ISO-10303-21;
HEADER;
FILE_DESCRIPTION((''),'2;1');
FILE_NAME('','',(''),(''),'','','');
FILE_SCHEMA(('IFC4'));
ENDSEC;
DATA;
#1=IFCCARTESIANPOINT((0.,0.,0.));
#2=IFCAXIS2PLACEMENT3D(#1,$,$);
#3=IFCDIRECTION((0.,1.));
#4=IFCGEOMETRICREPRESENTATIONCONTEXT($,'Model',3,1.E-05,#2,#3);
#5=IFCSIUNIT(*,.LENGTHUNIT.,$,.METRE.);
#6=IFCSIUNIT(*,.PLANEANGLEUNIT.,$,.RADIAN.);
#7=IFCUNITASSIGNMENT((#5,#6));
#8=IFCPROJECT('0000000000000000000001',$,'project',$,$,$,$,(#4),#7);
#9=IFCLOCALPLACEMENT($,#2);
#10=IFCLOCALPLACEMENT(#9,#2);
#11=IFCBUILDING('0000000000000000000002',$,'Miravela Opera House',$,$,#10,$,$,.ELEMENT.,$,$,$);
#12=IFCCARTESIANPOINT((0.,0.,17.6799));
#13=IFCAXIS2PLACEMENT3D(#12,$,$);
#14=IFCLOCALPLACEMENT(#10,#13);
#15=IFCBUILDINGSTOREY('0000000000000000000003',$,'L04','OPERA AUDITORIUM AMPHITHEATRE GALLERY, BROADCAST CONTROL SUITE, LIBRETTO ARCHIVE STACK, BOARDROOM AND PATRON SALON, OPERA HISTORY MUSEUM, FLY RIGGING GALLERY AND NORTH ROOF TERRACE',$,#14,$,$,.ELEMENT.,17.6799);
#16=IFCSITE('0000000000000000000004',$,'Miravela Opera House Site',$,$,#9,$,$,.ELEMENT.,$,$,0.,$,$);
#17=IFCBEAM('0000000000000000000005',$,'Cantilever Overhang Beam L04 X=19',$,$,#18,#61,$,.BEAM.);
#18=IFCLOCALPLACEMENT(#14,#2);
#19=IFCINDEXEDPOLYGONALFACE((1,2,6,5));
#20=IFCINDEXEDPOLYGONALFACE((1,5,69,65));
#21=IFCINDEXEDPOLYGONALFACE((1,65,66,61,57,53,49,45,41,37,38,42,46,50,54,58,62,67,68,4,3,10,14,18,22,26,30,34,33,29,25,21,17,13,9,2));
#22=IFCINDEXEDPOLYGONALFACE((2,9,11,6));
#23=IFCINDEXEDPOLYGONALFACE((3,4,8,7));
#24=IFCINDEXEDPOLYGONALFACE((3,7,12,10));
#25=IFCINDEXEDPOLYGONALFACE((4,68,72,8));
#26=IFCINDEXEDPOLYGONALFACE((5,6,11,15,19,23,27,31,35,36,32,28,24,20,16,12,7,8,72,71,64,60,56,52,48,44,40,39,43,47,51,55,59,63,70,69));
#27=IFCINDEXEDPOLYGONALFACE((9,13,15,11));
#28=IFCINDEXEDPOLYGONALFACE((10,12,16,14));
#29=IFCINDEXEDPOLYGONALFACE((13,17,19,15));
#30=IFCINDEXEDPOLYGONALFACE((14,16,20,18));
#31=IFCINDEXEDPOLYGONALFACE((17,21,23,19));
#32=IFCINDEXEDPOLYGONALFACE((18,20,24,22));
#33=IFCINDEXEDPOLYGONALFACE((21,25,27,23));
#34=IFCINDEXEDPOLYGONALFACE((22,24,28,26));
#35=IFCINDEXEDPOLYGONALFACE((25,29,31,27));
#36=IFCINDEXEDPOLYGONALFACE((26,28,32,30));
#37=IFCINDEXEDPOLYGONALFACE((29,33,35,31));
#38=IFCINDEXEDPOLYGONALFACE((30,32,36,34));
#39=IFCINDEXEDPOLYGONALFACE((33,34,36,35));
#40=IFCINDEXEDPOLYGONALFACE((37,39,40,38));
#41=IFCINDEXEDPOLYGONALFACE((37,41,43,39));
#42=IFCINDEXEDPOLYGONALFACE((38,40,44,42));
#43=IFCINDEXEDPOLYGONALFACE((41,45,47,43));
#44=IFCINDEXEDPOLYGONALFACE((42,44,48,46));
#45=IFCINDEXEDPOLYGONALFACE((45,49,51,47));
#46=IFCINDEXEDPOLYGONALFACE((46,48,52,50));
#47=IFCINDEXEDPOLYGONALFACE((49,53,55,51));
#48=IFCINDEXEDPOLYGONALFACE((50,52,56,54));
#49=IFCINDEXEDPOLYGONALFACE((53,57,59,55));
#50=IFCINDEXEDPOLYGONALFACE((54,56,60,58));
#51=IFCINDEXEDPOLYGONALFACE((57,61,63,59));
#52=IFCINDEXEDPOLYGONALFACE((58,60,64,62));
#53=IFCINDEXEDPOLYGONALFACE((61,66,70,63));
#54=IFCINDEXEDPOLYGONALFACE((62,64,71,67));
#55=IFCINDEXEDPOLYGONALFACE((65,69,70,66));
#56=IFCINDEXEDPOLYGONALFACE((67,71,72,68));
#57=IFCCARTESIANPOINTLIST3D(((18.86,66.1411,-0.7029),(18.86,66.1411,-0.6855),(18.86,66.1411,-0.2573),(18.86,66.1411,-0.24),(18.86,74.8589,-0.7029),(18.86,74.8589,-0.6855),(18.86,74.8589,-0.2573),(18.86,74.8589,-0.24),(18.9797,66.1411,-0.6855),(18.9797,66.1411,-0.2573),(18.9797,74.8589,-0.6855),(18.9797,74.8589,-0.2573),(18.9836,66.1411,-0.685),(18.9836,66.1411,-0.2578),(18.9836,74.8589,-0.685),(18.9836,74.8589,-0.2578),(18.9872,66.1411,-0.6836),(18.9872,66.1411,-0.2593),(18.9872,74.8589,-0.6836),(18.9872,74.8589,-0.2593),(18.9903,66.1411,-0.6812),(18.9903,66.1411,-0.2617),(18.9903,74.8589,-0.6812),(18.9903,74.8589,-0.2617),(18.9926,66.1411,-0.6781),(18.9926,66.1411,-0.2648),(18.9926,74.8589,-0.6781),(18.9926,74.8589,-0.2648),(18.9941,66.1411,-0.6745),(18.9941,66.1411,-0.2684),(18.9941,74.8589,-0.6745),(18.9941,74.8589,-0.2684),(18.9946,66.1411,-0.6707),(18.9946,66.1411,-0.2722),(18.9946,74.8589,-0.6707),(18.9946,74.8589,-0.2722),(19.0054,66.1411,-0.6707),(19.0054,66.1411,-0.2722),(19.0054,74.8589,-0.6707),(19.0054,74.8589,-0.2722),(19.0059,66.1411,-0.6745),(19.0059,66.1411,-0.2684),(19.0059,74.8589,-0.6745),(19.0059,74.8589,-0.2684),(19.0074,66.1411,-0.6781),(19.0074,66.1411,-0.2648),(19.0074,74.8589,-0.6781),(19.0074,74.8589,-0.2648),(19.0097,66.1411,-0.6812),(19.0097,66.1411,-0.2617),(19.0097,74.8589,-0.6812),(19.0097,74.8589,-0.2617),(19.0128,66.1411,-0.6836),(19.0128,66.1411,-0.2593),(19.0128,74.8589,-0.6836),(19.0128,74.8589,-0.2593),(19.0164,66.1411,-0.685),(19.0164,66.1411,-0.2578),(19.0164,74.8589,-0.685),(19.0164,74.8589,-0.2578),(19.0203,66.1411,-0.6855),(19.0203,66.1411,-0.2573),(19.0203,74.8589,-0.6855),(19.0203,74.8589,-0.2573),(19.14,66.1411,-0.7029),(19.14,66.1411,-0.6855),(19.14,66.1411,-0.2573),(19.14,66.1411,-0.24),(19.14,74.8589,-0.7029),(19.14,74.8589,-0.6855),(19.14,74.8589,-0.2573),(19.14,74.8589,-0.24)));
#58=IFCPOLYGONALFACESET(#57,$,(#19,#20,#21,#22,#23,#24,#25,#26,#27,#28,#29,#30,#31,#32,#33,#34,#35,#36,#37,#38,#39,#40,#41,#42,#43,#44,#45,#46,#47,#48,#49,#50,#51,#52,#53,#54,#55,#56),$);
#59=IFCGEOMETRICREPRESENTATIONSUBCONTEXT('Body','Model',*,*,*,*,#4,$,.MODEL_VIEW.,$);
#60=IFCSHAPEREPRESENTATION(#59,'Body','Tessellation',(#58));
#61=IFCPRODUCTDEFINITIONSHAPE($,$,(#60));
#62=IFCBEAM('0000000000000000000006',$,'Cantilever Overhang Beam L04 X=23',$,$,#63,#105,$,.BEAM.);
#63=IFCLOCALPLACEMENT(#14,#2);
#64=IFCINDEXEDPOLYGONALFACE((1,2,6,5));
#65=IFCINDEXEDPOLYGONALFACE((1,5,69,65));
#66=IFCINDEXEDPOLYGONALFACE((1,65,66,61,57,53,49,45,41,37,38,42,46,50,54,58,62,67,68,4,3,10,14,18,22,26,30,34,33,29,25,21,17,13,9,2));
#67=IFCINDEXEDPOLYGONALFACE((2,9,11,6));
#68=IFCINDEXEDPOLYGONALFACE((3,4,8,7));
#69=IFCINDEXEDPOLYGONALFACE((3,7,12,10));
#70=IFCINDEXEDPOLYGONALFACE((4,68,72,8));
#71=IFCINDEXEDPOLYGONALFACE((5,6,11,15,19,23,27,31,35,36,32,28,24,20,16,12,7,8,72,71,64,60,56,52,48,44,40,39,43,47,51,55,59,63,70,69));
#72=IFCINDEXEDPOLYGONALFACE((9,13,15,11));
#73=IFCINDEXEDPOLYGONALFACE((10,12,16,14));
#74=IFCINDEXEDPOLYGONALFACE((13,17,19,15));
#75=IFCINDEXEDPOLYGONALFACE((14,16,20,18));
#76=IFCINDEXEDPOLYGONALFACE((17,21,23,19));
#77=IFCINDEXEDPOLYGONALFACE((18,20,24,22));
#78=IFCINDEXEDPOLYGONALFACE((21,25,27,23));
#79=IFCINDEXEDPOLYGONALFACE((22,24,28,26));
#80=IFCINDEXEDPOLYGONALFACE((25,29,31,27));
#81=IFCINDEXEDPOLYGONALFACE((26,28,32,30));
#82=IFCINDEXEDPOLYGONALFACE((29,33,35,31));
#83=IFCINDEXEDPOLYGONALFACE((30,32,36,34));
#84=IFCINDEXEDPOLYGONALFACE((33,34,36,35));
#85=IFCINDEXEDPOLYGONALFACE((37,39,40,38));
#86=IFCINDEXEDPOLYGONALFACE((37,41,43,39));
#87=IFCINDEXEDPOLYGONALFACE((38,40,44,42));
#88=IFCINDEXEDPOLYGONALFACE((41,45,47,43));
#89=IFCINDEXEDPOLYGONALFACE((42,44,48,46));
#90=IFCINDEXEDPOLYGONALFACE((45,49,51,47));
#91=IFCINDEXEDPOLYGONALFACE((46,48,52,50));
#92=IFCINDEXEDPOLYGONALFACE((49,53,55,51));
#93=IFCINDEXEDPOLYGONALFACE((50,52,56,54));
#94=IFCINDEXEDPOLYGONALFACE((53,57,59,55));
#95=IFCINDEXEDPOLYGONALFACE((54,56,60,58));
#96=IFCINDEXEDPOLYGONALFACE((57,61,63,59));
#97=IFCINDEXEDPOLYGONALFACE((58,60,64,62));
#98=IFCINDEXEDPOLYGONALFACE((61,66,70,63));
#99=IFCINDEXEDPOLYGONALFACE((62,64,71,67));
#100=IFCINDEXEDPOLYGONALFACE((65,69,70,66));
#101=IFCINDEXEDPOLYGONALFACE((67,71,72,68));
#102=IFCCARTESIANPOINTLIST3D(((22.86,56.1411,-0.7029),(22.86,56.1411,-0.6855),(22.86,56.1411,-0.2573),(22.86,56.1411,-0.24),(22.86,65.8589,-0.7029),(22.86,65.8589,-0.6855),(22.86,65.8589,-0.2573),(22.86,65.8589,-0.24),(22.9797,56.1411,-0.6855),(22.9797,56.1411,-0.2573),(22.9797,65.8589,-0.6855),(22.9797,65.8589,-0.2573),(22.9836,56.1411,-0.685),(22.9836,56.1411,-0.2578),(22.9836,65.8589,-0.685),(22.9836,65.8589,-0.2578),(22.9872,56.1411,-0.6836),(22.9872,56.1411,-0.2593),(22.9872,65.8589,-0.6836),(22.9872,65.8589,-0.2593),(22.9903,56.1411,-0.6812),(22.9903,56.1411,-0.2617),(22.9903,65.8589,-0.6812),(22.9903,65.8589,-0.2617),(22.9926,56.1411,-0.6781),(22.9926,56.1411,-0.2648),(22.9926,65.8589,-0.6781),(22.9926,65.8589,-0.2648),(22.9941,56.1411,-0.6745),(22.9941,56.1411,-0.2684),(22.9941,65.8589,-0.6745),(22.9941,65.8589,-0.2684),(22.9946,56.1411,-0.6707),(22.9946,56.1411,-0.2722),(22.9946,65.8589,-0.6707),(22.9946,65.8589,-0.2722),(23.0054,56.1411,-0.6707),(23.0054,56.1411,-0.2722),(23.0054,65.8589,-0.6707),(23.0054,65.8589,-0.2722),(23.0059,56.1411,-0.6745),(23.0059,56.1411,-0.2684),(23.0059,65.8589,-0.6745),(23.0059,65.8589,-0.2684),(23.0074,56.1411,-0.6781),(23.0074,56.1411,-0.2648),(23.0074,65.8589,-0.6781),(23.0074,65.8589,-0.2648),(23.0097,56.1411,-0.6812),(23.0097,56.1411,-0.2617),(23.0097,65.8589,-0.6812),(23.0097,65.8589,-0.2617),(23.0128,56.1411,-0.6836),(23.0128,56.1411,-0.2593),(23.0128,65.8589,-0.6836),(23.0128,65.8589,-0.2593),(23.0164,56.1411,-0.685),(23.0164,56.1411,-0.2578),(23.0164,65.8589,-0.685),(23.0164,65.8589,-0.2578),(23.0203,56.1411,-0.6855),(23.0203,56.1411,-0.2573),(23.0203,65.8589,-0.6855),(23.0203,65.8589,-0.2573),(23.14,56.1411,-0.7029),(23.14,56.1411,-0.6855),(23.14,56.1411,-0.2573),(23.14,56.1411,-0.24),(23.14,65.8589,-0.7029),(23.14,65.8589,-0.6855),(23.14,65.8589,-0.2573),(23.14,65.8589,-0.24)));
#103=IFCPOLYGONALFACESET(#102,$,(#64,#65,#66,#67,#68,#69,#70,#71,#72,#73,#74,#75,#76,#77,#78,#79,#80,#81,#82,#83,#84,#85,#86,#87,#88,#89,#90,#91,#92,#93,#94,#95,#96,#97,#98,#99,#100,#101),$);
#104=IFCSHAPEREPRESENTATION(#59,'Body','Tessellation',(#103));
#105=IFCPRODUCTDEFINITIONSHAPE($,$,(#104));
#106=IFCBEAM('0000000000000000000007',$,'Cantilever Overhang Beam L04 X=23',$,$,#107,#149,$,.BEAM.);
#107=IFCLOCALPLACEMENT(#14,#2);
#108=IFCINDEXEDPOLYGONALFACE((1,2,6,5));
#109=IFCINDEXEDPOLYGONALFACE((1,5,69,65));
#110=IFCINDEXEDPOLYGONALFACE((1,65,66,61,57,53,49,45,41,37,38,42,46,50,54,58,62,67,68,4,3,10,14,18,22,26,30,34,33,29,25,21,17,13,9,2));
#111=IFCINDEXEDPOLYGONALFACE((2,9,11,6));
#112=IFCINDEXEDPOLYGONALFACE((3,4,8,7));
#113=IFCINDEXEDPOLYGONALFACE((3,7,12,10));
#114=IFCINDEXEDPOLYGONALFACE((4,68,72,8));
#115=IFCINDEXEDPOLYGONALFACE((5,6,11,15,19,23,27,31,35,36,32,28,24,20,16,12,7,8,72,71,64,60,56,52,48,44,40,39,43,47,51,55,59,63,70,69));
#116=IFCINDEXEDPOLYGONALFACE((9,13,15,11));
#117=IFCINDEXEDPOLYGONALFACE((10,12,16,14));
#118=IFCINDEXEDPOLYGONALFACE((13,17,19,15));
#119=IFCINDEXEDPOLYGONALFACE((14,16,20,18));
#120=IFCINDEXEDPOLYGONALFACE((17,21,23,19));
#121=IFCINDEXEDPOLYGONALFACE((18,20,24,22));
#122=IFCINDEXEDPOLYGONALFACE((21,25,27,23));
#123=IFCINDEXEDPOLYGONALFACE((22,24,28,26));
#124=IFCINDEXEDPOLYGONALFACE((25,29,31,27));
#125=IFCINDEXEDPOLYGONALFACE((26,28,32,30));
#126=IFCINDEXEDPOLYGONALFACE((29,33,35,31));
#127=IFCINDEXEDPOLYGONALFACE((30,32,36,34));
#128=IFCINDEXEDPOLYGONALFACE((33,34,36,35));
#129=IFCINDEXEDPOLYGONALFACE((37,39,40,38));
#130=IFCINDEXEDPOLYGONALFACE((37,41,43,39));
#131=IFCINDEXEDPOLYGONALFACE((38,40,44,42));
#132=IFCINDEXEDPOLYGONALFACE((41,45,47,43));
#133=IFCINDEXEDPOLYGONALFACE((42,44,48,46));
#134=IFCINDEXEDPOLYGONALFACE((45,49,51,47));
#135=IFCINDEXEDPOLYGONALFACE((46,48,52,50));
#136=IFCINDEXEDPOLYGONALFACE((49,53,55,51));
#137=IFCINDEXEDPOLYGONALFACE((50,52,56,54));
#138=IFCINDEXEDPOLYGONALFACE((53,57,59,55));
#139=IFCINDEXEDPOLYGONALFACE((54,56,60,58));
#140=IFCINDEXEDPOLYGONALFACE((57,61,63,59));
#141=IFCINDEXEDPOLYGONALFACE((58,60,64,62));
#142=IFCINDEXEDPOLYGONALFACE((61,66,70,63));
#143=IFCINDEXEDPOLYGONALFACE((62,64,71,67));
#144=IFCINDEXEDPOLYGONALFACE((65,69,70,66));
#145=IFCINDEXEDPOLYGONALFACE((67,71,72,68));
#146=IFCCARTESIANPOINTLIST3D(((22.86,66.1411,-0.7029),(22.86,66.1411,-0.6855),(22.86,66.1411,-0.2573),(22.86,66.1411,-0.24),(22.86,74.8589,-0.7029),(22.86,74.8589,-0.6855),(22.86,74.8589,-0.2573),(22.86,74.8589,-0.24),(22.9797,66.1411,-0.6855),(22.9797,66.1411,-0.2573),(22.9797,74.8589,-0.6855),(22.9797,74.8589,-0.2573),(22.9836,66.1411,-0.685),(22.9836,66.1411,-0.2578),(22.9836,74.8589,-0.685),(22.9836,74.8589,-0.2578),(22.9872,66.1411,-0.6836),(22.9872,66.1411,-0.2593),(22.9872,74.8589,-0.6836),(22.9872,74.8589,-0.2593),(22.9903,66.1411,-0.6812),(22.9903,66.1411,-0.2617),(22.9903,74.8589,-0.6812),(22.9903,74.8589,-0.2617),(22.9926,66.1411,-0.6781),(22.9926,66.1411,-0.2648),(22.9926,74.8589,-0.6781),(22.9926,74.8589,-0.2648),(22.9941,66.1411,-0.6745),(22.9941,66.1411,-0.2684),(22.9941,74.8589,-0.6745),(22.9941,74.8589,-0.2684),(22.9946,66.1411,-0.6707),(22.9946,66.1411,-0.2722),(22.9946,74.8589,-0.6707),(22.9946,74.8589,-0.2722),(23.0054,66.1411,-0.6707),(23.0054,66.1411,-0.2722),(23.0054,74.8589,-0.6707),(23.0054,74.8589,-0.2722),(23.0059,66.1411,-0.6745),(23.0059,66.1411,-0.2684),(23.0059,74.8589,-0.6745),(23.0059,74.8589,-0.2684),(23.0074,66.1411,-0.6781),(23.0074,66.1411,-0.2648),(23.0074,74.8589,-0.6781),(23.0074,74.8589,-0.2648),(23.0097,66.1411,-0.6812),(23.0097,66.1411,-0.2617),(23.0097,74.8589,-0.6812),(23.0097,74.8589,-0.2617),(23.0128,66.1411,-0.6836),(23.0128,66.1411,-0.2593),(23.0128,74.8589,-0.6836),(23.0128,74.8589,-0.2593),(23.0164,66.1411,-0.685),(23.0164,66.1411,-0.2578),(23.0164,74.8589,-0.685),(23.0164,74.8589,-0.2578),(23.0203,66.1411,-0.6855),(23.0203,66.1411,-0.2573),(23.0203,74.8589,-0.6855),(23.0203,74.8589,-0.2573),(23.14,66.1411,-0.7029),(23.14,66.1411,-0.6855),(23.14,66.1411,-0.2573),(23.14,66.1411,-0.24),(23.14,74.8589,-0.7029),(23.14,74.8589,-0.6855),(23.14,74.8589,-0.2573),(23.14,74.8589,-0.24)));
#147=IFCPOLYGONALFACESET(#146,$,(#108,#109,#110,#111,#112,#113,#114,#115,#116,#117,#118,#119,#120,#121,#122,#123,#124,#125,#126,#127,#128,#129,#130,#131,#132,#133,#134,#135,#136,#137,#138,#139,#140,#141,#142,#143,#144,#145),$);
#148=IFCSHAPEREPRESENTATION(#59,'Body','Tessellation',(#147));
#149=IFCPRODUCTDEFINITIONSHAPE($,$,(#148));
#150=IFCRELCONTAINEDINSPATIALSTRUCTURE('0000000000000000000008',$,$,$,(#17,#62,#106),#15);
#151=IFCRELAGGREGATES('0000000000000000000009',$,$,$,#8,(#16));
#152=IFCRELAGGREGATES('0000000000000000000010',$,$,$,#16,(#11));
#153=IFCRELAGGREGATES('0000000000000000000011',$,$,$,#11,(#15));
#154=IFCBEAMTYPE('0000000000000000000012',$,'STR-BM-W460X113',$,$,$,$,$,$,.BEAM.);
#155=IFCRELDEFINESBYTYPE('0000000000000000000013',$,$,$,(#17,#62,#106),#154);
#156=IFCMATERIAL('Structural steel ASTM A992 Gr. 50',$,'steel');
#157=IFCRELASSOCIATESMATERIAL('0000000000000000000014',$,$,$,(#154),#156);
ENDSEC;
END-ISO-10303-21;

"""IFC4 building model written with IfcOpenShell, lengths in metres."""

from ifc_helpers import new_model, si_unit, direction, frame, origin, origin_2d, place, context, subcontext, project, spatial, i_section, extrude, material, material_profile, profile_set, type_object, element, save


model = new_model("IFC4")

# Units and contexts
model_context = context("Model", 3, precision=1e-05, world=origin(), true_north=direction((0.0, 1.0)))
body_context = subcontext(model_context, "Body", "Model", "MODEL_VIEW")
ifc_project = project(units=[si_unit("LENGTHUNIT", "METRE"), si_unit("PLANEANGLEUNIT", "RADIAN")], contexts=[model_context])

# Site, building, storey
site_placement = place(None, origin())
site = spatial("IfcSite", under=ifc_project, at=site_placement, Name="Miravela Opera House Site", CompositionType="ELEMENT", RefElevation=0.0)
building_placement = place(site_placement, origin())
building = spatial("IfcBuilding", under=site, at=building_placement, Name="Miravela Opera House", CompositionType="ELEMENT")
storey_placement = place(building_placement, frame((0.0, 0.0, 17.6799)))
storey = spatial("IfcBuildingStorey", under=building, at=storey_placement, Name="L04", Description="OPERA AUDITORIUM AMPHITHEATRE GALLERY, BROADCAST CONTROL SUITE, LIBRETTO ARCHIVE STACK, BOARDROOM AND PATRON SALON, OPERA HISTORY MUSEUM, FLY RIGGING GALLERY AND NORTH ROOF TERRACE", CompositionType="ELEMENT", Elevation=17.6799)

# Beams
ifc_material_1 = material(Name="Structural steel ASTM A992 Gr. 50", Category="steel")
ifc_material_profile_1 = material_profile(ifc_material_1, i_section(OverallWidth=0.28, OverallDepth=0.4629, WebThickness=0.0107, FlangeThickness=0.0173, FilletRadius=0.0149, at=origin_2d()), Name="W460X113")
ifc_profile_set_1 = profile_set([ifc_material_profile_1])
beam_type_1 = type_object("IfcBeamType", Name="STR-BM-W460X113", PredefinedType="BEAM", material=ifc_profile_set_1)
beam_1_placement = place(storey_placement, frame((19.0, 66.1411, -0.4714), z_axis=(0.0, 1.0, 0.0), x_axis=(-1.0, 0.0, 0.0)))
element("IfcBeam", 1, at=beam_1_placement, inside=storey, type_object=beam_type_1, Name="Cantilever Overhang Beam L04 X=19", PredefinedType="BEAM", context=body_context, shape_type="SweptSolid", body=[
    extrude(i_section(OverallWidth=0.28, OverallDepth=0.4629, WebThickness=0.0107, FlangeThickness=0.0173, FilletRadius=0.0149, at=origin_2d()), origin(), (0.0, 0.0, 1.0), 8.7178),
])
beam_2_placement = place(storey_placement, frame((23.0, 56.1411, -0.4714), z_axis=(0.0, 1.0, 0.0), x_axis=(-1.0, 0.0, 0.0)))
element("IfcBeam", 2, at=beam_2_placement, inside=storey, type_object=beam_type_1, Name="Cantilever Overhang Beam L04 X=23", PredefinedType="BEAM", context=body_context, shape_type="SweptSolid", body=[
    extrude(i_section(OverallWidth=0.28, OverallDepth=0.4629, WebThickness=0.0107, FlangeThickness=0.0173, FilletRadius=0.0149, at=origin_2d()), origin(), (0.0, 0.0, 1.0), 9.7178),
])
beam_3_placement = place(storey_placement, frame((23.0, 66.1411, -0.4714), z_axis=(0.0, 1.0, 0.0), x_axis=(-1.0, 0.0, 0.0)))
element("IfcBeam", 3, at=beam_3_placement, inside=storey, type_object=beam_type_1, Name="Cantilever Overhang Beam L04 X=23", PredefinedType="BEAM", context=body_context, shape_type="SweptSolid", body=[
    extrude(i_section(OverallWidth=0.28, OverallDepth=0.4629, WebThickness=0.0107, FlangeThickness=0.0173, FilletRadius=0.0149, at=origin_2d()), origin(), (0.0, 0.0, 1.0), 8.7178),
])

save(model, "model.ifc")
